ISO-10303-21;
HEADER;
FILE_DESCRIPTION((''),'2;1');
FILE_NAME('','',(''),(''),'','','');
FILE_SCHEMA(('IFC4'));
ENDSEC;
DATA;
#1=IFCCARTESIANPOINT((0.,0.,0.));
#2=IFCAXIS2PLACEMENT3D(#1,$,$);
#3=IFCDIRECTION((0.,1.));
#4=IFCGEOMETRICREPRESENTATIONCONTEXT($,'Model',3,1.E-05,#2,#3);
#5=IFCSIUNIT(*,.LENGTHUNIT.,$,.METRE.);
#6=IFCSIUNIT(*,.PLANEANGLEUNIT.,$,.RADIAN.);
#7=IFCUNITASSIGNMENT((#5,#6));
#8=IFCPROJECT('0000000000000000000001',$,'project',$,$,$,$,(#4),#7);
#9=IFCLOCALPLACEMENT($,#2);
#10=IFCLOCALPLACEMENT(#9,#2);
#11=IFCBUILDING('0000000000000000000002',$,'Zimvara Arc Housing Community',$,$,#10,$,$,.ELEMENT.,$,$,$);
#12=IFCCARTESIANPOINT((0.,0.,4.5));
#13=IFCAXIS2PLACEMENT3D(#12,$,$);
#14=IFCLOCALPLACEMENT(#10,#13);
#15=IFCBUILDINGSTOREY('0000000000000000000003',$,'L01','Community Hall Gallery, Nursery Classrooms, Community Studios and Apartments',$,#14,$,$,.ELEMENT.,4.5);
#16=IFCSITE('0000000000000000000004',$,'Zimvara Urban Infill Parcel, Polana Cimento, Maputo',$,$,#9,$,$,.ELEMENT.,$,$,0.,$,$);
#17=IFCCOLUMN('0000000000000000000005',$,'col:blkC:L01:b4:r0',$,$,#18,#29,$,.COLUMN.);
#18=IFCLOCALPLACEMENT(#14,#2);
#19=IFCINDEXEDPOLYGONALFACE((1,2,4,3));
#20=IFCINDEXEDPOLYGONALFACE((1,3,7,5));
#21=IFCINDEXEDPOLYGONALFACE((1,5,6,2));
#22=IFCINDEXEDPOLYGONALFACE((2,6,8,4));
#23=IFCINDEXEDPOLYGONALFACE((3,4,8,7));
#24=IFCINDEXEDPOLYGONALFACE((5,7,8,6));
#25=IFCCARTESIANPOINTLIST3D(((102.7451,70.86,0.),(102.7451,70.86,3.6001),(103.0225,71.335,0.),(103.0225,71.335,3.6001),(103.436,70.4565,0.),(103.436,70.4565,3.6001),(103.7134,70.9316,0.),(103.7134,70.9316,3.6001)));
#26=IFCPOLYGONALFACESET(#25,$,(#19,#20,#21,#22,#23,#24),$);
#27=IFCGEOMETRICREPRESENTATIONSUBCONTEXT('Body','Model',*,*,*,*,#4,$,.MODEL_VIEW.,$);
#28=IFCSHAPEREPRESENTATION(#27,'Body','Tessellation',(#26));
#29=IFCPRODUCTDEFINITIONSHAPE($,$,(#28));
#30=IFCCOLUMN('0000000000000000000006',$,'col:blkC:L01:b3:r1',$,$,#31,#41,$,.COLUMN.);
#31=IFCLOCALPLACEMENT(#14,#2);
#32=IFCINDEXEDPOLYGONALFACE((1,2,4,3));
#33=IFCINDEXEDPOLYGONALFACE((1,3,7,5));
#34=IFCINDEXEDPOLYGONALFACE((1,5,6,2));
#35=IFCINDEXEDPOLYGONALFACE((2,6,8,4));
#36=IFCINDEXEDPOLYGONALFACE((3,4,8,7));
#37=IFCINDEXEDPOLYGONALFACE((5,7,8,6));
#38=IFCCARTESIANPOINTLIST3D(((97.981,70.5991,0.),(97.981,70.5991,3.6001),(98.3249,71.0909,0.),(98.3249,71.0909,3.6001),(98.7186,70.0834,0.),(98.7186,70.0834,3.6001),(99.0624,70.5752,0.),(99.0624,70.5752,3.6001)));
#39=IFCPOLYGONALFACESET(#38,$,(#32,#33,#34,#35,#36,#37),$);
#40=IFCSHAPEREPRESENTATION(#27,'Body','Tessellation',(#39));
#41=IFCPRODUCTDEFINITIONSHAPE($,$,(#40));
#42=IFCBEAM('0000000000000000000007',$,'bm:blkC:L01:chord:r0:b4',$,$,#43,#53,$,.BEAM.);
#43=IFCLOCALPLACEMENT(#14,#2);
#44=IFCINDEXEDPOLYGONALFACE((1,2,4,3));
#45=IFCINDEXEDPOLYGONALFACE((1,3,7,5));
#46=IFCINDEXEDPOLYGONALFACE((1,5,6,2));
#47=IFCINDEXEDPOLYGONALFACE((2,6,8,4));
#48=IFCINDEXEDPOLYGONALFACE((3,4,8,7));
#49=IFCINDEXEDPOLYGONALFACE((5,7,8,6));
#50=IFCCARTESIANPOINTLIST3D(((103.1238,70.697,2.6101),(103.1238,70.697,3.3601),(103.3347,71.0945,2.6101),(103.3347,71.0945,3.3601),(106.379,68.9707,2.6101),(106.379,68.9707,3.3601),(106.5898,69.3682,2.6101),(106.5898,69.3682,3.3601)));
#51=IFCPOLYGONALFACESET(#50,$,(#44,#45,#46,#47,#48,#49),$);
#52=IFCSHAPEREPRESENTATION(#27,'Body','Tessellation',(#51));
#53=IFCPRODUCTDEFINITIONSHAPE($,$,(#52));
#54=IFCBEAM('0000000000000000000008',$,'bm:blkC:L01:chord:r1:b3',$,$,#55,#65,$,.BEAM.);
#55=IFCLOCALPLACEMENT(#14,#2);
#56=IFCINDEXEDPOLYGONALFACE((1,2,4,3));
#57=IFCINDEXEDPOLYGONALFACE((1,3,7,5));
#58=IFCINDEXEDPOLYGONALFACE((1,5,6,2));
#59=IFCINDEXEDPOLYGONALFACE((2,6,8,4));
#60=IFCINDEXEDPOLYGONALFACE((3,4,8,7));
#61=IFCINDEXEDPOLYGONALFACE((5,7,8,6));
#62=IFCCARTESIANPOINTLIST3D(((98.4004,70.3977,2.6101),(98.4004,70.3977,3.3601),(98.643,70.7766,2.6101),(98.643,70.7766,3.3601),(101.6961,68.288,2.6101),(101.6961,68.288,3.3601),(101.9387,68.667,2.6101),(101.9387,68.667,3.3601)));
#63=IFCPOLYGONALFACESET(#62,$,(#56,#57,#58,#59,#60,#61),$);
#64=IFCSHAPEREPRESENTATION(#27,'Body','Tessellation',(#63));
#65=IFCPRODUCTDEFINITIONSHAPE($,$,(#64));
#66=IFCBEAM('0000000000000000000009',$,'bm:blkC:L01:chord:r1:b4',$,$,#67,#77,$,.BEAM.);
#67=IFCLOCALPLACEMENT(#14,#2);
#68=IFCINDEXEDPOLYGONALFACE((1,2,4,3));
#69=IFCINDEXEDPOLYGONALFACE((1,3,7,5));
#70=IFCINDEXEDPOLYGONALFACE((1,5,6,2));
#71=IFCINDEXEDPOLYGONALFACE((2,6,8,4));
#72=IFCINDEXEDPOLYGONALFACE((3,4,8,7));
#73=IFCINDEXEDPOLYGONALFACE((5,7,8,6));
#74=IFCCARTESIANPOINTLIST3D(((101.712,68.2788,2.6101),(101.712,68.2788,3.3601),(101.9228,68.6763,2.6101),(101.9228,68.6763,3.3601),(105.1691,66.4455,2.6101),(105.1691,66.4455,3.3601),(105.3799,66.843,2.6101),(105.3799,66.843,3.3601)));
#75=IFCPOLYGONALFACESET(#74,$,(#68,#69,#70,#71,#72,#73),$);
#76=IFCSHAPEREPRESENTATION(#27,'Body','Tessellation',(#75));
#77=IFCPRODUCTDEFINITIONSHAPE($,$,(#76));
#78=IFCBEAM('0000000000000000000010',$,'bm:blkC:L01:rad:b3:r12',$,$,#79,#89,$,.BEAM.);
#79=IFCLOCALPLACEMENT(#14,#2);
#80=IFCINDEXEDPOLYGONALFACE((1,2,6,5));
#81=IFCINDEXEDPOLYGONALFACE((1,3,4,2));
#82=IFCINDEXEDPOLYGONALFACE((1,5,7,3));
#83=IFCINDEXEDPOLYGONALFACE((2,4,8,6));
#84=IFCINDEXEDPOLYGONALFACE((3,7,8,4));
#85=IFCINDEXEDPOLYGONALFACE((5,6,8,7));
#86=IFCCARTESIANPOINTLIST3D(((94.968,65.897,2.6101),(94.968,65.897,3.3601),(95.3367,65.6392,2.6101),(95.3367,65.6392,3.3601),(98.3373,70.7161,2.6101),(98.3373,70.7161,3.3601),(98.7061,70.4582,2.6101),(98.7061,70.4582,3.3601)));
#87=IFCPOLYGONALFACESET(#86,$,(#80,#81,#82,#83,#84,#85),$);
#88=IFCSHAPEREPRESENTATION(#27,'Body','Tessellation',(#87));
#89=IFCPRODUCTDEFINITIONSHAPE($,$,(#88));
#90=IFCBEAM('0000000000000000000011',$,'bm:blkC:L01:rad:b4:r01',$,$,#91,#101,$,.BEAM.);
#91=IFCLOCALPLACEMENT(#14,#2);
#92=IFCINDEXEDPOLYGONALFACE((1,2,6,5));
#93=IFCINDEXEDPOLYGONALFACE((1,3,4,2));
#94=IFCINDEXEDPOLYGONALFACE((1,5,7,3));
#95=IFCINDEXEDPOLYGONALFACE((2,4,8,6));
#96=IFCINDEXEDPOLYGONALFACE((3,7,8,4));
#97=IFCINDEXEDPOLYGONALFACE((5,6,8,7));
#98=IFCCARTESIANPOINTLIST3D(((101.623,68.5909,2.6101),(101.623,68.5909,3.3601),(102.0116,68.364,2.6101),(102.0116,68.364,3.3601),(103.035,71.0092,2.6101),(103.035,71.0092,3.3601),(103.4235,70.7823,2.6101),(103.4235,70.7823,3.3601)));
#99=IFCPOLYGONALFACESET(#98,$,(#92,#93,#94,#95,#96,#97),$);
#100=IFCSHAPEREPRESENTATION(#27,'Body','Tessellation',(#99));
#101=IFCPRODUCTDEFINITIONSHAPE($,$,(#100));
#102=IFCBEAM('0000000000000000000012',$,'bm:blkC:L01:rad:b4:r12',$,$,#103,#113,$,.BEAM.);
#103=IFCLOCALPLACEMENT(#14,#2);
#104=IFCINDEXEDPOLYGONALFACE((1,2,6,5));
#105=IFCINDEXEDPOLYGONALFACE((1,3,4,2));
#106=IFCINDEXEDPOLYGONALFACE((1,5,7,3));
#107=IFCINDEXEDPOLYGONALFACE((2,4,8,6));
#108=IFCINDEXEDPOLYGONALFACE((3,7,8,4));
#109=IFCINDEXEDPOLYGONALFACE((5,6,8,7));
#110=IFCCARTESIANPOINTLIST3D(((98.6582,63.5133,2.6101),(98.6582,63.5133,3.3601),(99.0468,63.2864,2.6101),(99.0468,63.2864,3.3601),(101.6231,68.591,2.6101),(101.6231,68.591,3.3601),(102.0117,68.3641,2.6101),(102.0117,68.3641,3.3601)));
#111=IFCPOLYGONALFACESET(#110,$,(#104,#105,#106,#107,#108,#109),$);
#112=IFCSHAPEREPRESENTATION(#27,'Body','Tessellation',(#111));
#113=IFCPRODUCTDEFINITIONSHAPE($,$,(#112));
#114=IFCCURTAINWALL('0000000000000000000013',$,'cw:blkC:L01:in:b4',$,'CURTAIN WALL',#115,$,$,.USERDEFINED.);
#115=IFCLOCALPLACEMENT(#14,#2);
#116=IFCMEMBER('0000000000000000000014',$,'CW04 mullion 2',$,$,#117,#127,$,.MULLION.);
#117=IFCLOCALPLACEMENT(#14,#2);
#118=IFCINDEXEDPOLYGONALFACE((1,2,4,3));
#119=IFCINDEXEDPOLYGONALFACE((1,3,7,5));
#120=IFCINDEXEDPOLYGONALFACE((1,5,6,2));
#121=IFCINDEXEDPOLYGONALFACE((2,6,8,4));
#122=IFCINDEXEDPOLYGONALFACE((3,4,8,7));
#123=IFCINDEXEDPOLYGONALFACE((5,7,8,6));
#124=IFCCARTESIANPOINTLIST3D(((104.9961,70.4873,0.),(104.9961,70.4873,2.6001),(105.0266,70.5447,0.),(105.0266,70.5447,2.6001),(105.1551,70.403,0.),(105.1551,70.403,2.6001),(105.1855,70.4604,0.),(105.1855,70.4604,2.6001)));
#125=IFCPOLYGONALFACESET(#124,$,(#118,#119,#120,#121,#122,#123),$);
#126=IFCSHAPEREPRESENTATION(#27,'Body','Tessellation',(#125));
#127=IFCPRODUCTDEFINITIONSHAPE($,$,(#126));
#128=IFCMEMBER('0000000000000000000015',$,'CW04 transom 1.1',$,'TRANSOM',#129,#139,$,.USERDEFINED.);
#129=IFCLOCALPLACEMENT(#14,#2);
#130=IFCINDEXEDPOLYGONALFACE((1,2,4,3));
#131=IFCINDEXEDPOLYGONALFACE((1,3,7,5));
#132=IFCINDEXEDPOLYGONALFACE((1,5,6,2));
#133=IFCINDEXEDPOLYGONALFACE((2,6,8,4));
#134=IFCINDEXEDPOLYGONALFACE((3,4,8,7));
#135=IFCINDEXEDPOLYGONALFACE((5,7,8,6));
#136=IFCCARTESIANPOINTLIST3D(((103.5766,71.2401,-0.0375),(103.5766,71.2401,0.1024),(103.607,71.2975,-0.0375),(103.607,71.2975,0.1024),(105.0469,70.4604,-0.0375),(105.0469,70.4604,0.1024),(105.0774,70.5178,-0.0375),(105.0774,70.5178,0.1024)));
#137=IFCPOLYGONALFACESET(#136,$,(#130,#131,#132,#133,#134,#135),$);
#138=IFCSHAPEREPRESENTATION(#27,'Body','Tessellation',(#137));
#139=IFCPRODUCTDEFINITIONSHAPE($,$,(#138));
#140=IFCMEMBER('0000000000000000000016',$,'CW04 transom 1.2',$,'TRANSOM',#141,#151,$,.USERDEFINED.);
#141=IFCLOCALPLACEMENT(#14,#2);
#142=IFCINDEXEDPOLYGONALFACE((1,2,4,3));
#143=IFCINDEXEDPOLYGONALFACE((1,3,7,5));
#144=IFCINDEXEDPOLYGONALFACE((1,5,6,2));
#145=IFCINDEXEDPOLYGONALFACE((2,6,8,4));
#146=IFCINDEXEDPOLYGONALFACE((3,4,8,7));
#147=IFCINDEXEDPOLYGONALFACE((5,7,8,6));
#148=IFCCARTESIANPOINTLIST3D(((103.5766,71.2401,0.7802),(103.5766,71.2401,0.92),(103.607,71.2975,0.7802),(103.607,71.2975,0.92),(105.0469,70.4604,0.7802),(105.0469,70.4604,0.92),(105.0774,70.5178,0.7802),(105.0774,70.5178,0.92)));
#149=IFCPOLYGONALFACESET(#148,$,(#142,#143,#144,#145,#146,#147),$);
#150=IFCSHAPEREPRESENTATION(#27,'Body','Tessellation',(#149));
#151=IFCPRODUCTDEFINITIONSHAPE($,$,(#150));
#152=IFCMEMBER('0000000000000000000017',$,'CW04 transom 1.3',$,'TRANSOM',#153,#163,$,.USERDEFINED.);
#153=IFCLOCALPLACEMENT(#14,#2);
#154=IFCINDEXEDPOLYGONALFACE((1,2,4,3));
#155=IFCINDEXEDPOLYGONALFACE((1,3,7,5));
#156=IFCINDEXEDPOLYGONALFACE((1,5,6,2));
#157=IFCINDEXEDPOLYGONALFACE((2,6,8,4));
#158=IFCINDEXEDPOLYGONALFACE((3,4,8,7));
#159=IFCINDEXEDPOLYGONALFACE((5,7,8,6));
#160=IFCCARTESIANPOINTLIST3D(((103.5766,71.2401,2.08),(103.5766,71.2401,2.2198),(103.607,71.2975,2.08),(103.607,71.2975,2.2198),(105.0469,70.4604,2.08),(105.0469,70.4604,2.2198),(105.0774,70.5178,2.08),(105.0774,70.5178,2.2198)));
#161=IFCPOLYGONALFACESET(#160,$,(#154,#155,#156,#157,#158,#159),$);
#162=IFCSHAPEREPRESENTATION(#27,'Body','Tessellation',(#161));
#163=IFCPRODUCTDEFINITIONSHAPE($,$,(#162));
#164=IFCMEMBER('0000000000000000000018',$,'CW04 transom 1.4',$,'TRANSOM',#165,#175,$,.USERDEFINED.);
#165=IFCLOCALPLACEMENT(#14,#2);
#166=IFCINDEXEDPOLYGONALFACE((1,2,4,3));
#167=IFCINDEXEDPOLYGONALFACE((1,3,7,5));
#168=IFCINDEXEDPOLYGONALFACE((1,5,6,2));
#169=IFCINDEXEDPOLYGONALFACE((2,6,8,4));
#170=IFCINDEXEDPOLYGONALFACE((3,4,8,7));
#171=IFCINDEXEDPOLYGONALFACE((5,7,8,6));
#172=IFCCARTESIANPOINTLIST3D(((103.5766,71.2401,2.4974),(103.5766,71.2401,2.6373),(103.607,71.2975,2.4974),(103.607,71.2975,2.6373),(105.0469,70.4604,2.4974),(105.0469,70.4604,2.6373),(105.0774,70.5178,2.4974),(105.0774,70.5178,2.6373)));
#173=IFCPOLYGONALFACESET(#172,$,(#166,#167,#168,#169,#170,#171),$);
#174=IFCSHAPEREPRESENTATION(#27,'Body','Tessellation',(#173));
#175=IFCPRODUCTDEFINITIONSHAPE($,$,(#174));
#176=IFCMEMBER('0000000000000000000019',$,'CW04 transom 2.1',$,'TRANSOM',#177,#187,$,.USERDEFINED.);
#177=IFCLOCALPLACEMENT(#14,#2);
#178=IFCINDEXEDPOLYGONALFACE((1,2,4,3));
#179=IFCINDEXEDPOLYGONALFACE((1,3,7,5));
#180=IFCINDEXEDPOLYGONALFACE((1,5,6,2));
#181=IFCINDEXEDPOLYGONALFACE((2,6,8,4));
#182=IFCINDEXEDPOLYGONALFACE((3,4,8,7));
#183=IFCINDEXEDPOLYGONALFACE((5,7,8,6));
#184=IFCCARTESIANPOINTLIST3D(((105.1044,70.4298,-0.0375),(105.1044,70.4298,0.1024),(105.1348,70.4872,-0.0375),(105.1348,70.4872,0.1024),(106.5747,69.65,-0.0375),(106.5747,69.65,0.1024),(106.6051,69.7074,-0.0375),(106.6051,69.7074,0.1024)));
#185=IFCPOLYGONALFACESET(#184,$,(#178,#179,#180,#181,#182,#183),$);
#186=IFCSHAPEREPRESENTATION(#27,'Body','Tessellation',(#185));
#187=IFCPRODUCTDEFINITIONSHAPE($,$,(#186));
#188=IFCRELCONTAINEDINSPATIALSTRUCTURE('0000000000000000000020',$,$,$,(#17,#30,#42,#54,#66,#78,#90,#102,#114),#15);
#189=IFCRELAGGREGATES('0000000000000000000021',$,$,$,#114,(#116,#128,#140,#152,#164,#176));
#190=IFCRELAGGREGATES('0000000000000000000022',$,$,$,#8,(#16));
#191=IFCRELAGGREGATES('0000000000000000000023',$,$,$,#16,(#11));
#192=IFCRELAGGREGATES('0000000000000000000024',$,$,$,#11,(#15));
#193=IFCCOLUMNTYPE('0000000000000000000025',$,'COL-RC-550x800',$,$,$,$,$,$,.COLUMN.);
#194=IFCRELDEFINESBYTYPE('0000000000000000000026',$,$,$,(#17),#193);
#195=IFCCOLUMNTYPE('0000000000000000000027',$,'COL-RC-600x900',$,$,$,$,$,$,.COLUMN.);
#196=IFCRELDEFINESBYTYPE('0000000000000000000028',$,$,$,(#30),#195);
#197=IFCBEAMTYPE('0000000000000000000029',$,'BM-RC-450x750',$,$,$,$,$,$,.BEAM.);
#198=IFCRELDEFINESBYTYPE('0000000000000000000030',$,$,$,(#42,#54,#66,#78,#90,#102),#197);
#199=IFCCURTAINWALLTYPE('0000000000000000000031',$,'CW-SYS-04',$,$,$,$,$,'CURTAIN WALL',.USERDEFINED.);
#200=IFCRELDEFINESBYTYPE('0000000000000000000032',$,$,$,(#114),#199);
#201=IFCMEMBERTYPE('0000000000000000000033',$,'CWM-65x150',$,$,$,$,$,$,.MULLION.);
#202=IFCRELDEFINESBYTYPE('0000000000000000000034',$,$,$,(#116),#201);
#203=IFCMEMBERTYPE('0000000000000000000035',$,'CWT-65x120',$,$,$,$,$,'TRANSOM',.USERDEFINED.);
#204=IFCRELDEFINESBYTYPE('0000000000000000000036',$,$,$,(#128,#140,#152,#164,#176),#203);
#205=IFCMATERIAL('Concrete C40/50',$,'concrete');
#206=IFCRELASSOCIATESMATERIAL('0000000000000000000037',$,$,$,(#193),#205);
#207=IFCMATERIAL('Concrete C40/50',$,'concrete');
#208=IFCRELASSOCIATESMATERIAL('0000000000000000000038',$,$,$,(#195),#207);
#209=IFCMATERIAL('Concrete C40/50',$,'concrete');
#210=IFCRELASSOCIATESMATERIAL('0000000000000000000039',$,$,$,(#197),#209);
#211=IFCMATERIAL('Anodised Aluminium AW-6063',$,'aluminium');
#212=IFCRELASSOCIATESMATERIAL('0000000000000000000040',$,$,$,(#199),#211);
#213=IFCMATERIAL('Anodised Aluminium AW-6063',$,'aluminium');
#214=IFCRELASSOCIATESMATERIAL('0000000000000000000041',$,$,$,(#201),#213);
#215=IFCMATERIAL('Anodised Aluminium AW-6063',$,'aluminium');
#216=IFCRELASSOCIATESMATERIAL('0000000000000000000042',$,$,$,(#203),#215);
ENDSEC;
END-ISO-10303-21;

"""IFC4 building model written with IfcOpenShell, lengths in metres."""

from ifc_helpers import new_model, si_unit, direction, frame, origin, origin_2d, place, context, subcontext, project, spatial, rectangle, extrude, material, material_profile, profile_set, type_object, element, aggregate, save


model = new_model("IFC4")

# Units and contexts
model_context = context("Model", 3, precision=1e-05, world=origin(), true_north=direction((0.0, 1.0)))
body_context = subcontext(model_context, "Body", "Model", "MODEL_VIEW")
ifc_project = project(units=[si_unit("LENGTHUNIT", "METRE"), si_unit("PLANEANGLEUNIT", "RADIAN")], contexts=[model_context])

# Site, building, storey
site_placement = place(None, origin())
site = spatial("IfcSite", under=ifc_project, at=site_placement, Name="Zimvara Urban Infill Parcel, Polana Cimento, Maputo", CompositionType="ELEMENT", RefElevation=0.0)
building_placement = place(site_placement, origin())
building = spatial("IfcBuilding", under=site, at=building_placement, Name="Zimvara Arc Housing Community", CompositionType="ELEMENT")
storey_placement = place(building_placement, frame((0.0, 0.0, 4.5)))
storey = spatial("IfcBuildingStorey", under=building, at=storey_placement, Name="L01", Description="Community Hall Gallery, Nursery Classrooms, Community Studios and Apartments", CompositionType="ELEMENT", Elevation=4.5)

# Columns
ifc_material_1 = material(Name="Concrete C40/50", Category="concrete")
ifc_material_profile_1 = material_profile(ifc_material_1, rectangle(XDim=0.55, YDim=0.8, at=origin_2d()), Name="RC 550x800")
ifc_profile_set_1 = profile_set([ifc_material_profile_1], Name="Concrete C40/50")
column_type_1 = type_object("IfcColumnType", Name="COL-RC-550x800", PredefinedType="COLUMN", material=ifc_profile_set_1)
column_1_placement = place(storey_placement, frame((103.2292, 70.8958, 0.0), z_axis=(0.0, 0.0, 1.0), x_axis=(-0.504226, -0.863572, 0.0)))
element("IfcColumn", 1, at=column_1_placement, inside=storey, type_object=column_type_1, Name="col:blkC:L01:b4:r0", PredefinedType="COLUMN", context=body_context, shape_type="SweptSolid", body=[
    extrude(rectangle(XDim=0.55, YDim=0.8, at=origin_2d()), origin(), (0.0, 0.0, 1.0), 3.6001),
])
ifc_material_2 = material(Name="Concrete C40/50", Category="concrete")
ifc_material_profile_2 = material_profile(ifc_material_2, rectangle(XDim=0.6001, YDim=0.8999, at=origin_2d()), Name="RC 600x900")
ifc_profile_set_2 = profile_set([ifc_material_profile_2], Name="Concrete C40/50")
column_type_2 = type_object("IfcColumnType", Name="COL-RC-600x900", PredefinedType="COLUMN", material=ifc_profile_set_2)
column_2_placement = place(storey_placement, frame((98.5217, 70.5872, 0.0), z_axis=(0.0, 0.0, 1.0), x_axis=(-0.573004, -0.819552, 0.0)))
element("IfcColumn", 2, at=column_2_placement, inside=storey, type_object=column_type_2, Name="col:blkC:L01:b3:r1", PredefinedType="COLUMN", context=body_context, shape_type="SweptSolid", body=[
    extrude(rectangle(XDim=0.6001, YDim=0.8999, at=origin_2d()), origin(), (0.0, 0.0, 1.0), 3.6001),
])

# Beams
ifc_material_3 = material(Name="Concrete C40/50", Category="concrete")
ifc_material_profile_3 = material_profile(ifc_material_3, rectangle(XDim=0.45, YDim=0.75, at=origin_2d()), Name="RC 450x750")
ifc_profile_set_3 = profile_set([ifc_material_profile_3], Name="Concrete C40/50")
beam_type = type_object("IfcBeamType", Name="BM-RC-450x750", PredefinedType="BEAM", material=ifc_profile_set_3)
beam_1_placement = place(storey_placement, frame((103.2292, 70.8958, 2.9851), z_axis=(0.883449, -0.468527, 0.0), x_axis=(0.468527, 0.883449, 0.0)))
element("IfcBeam", 3, at=beam_1_placement, inside=storey, type_object=beam_type, Name="bm:blkC:L01:chord:r0:b4", PredefinedType="BEAM", context=body_context, shape_type="SweptSolid", body=[
    extrude(rectangle(XDim=0.45, YDim=0.75, at=origin_2d()), origin(), (0.0, 0.0, 1.0), 3.6846),
])
for number, where, z_axis, x_axis, name in (
    (4, (98.5217, 70.5872, 2.9851), (0.842225, -0.539126, 0.0), (0.539126, 0.842225, 0.0), "bm:blkC:L01:chord:r1:b3"),
    (5, (101.8174, 68.4775, 2.9851), (0.883464, -0.468498, 0.0), (0.468498, 0.883464, 0.0), "bm:blkC:L01:chord:r1:b4"),
):
    element("IfcBeam", number, at=place(storey_placement, frame(where, z_axis=z_axis, x_axis=x_axis)), inside=storey, type_object=beam_type, Name=name, PredefinedType="BEAM", context=body_context, shape_type="SweptSolid", body=[
        extrude(rectangle(XDim=0.45, YDim=0.75, at=origin_2d()), origin(), (0.0, 0.0, 1.0), 3.9131),
    ])
beam_2_placement = place(storey_placement, frame((98.5217, 70.5872, 2.9851), z_axis=(-0.573008, -0.81955, 0.0), x_axis=(0.81955, -0.573008, 0.0)))
element("IfcBeam", 6, at=beam_2_placement, inside=storey, type_object=beam_type, Name="bm:blkC:L01:rad:b3:r12", PredefinedType="BEAM", context=body_context, shape_type="SweptSolid", body=[
    extrude(rectangle(XDim=0.45, YDim=0.75, at=origin_2d()), origin(), (0.0, 0.0, 1.0), 5.8801),
])
beam_3_placement = place(storey_placement, frame((103.2292, 70.8958, 2.9851), z_axis=(-0.504202, -0.863586, 0.0), x_axis=(0.863586, -0.504202, 0.0)))
element("IfcBeam", 7, at=beam_3_placement, inside=storey, type_object=beam_type, Name="bm:blkC:L01:rad:b4:r01", PredefinedType="BEAM", context=body_context, shape_type="SweptSolid", body=[
    extrude(rectangle(XDim=0.45, YDim=0.75, at=origin_2d()), origin(), (0.0, 0.0, 1.0), 2.8003),
])
beam_4_placement = place(storey_placement, frame((101.8174, 68.4775, 2.9851), z_axis=(-0.504238, -0.863565, 0.0), x_axis=(0.863565, -0.504238, 0.0)))
element("IfcBeam", 8, at=beam_4_placement, inside=storey, type_object=beam_type, Name="bm:blkC:L01:rad:b4:r12", PredefinedType="BEAM", context=body_context, shape_type="SweptSolid", body=[
    extrude(rectangle(XDim=0.45, YDim=0.75, at=origin_2d()), origin(), (0.0, 0.0, 1.0), 5.8799),
])

# Curtain wall, members
ifc_material_4 = material(Name="Anodised Aluminium AW-6063", Category="aluminium")
curtain_wall_type = type_object("IfcCurtainWallType", Name="CW-SYS-04", ElementType="CURTAIN WALL", PredefinedType="USERDEFINED", material=ifc_material_4)
curtain_wall_placement = place(storey_placement, origin())
curtain_wall = element("IfcCurtainWall", 9, at=curtain_wall_placement, inside=storey, type_object=curtain_wall_type, Name="cw:blkC:L01:in:b4", ObjectType="CURTAIN WALL", PredefinedType="USERDEFINED")
ifc_material_5 = material(Name="Anodised Aluminium AW-6063", Category="aluminium")
ifc_material_profile_4 = material_profile(ifc_material_5, rectangle(XDim=0.0649, YDim=0.1799, at=origin_2d()), Name="ALU 65x180")
ifc_profile_set_4 = profile_set([ifc_material_profile_4], Name="Anodised Aluminium AW-6063")
member_type_1 = type_object("IfcMemberType", Name="CWM-65x150", PredefinedType="MULLION", material=ifc_profile_set_4)
member_1_placement = place(storey_placement, frame((105.0908, 70.4739, 0.0), z_axis=(0.0, 0.0, 1.0), x_axis=(0.468545, 0.88344, 0.0)))
member_1 = element("IfcMember", 10, at=member_1_placement, type_object=member_type_1, Name="CW04 mullion 2", PredefinedType="MULLION", context=body_context, shape_type="SweptSolid", body=[
    extrude(rectangle(XDim=0.0649, YDim=0.1799, at=origin_2d()), origin(), (0.0, 0.0, 1.0), 2.6001),
])
ifc_material_6 = material(Name="Anodised Aluminium AW-6063", Category="aluminium")
ifc_material_profile_5 = material_profile(ifc_material_6, rectangle(XDim=0.0649, YDim=0.1399, at=origin_2d()), Name="ALU 65x140")
ifc_profile_set_5 = profile_set([ifc_material_profile_5], Name="Anodised Aluminium AW-6063")
member_type_2 = type_object("IfcMemberType", Name="CWT-65x120", ElementType="TRANSOM", PredefinedType="USERDEFINED", material=ifc_profile_set_5)
member_2_placement = place(storey_placement, frame((103.5918, 71.2688, 0.0325), z_axis=(0.883463, -0.468501, 0.0), x_axis=(0.468501, 0.883463, 0.0)))
member_2 = element("IfcMember", 11, at=member_2_placement, type_object=member_type_2, Name="CW04 transom 1.1", ObjectType="TRANSOM", PredefinedType="USERDEFINED", context=body_context, shape_type="SweptSolid", body=[
    extrude(rectangle(XDim=0.0649, YDim=0.1399, at=origin_2d()), origin(), (0.0, 0.0, 1.0), 1.6643),
])
member_3_placement = place(storey_placement, frame((103.5918, 71.2688, 0.8501), z_axis=(0.883463, -0.468501, 0.0), x_axis=(0.468501, 0.883463, 0.0)))
member_3 = element("IfcMember", 12, at=member_3_placement, type_object=member_type_2, Name="CW04 transom 1.2", ObjectType="TRANSOM", PredefinedType="USERDEFINED", context=body_context, shape_type="SweptSolid", body=[
    extrude(rectangle(XDim=0.0649, YDim=0.1399, at=origin_2d()), origin(), (0.0, 0.0, 1.0), 1.6643),
])
member_4_placement = place(storey_placement, frame((103.5918, 71.2688, 2.1499), z_axis=(0.883463, -0.468501, 0.0), x_axis=(0.468501, 0.883463, 0.0)))
member_4 = element("IfcMember", 13, at=member_4_placement, type_object=member_type_2, Name="CW04 transom 1.3", ObjectType="TRANSOM", PredefinedType="USERDEFINED", context=body_context, shape_type="SweptSolid", body=[
    extrude(rectangle(XDim=0.0649, YDim=0.1399, at=origin_2d()), origin(), (0.0, 0.0, 1.0), 1.6643),
])
member_5_placement = place(storey_placement, frame((103.5918, 71.2688, 2.5674), z_axis=(0.883463, -0.468501, 0.0), x_axis=(0.468501, 0.883463, 0.0)))
member_5 = element("IfcMember", 14, at=member_5_placement, type_object=member_type_2, Name="CW04 transom 1.4", ObjectType="TRANSOM", PredefinedType="USERDEFINED", context=body_context, shape_type="SweptSolid", body=[
    extrude(rectangle(XDim=0.0649, YDim=0.1399, at=origin_2d()), origin(), (0.0, 0.0, 1.0), 1.6643),
])
member_6_placement = place(storey_placement, frame((105.1196, 70.4585, 0.0325), z_axis=(0.883431, -0.468562, 0.0), x_axis=(0.468562, 0.883431, 0.0)))
member_6 = element("IfcMember", 15, at=member_6_placement, type_object=member_type_2, Name="CW04 transom 2.1", ObjectType="TRANSOM", PredefinedType="USERDEFINED", context=body_context, shape_type="SweptSolid", body=[
    extrude(rectangle(XDim=0.0649, YDim=0.1399, at=origin_2d()), origin(), (0.0, 0.0, 1.0), 1.6643),
])
aggregate(curtain_wall, [member_1, member_2, member_3, member_4, member_5, member_6])

save(model, "model.ifc")
